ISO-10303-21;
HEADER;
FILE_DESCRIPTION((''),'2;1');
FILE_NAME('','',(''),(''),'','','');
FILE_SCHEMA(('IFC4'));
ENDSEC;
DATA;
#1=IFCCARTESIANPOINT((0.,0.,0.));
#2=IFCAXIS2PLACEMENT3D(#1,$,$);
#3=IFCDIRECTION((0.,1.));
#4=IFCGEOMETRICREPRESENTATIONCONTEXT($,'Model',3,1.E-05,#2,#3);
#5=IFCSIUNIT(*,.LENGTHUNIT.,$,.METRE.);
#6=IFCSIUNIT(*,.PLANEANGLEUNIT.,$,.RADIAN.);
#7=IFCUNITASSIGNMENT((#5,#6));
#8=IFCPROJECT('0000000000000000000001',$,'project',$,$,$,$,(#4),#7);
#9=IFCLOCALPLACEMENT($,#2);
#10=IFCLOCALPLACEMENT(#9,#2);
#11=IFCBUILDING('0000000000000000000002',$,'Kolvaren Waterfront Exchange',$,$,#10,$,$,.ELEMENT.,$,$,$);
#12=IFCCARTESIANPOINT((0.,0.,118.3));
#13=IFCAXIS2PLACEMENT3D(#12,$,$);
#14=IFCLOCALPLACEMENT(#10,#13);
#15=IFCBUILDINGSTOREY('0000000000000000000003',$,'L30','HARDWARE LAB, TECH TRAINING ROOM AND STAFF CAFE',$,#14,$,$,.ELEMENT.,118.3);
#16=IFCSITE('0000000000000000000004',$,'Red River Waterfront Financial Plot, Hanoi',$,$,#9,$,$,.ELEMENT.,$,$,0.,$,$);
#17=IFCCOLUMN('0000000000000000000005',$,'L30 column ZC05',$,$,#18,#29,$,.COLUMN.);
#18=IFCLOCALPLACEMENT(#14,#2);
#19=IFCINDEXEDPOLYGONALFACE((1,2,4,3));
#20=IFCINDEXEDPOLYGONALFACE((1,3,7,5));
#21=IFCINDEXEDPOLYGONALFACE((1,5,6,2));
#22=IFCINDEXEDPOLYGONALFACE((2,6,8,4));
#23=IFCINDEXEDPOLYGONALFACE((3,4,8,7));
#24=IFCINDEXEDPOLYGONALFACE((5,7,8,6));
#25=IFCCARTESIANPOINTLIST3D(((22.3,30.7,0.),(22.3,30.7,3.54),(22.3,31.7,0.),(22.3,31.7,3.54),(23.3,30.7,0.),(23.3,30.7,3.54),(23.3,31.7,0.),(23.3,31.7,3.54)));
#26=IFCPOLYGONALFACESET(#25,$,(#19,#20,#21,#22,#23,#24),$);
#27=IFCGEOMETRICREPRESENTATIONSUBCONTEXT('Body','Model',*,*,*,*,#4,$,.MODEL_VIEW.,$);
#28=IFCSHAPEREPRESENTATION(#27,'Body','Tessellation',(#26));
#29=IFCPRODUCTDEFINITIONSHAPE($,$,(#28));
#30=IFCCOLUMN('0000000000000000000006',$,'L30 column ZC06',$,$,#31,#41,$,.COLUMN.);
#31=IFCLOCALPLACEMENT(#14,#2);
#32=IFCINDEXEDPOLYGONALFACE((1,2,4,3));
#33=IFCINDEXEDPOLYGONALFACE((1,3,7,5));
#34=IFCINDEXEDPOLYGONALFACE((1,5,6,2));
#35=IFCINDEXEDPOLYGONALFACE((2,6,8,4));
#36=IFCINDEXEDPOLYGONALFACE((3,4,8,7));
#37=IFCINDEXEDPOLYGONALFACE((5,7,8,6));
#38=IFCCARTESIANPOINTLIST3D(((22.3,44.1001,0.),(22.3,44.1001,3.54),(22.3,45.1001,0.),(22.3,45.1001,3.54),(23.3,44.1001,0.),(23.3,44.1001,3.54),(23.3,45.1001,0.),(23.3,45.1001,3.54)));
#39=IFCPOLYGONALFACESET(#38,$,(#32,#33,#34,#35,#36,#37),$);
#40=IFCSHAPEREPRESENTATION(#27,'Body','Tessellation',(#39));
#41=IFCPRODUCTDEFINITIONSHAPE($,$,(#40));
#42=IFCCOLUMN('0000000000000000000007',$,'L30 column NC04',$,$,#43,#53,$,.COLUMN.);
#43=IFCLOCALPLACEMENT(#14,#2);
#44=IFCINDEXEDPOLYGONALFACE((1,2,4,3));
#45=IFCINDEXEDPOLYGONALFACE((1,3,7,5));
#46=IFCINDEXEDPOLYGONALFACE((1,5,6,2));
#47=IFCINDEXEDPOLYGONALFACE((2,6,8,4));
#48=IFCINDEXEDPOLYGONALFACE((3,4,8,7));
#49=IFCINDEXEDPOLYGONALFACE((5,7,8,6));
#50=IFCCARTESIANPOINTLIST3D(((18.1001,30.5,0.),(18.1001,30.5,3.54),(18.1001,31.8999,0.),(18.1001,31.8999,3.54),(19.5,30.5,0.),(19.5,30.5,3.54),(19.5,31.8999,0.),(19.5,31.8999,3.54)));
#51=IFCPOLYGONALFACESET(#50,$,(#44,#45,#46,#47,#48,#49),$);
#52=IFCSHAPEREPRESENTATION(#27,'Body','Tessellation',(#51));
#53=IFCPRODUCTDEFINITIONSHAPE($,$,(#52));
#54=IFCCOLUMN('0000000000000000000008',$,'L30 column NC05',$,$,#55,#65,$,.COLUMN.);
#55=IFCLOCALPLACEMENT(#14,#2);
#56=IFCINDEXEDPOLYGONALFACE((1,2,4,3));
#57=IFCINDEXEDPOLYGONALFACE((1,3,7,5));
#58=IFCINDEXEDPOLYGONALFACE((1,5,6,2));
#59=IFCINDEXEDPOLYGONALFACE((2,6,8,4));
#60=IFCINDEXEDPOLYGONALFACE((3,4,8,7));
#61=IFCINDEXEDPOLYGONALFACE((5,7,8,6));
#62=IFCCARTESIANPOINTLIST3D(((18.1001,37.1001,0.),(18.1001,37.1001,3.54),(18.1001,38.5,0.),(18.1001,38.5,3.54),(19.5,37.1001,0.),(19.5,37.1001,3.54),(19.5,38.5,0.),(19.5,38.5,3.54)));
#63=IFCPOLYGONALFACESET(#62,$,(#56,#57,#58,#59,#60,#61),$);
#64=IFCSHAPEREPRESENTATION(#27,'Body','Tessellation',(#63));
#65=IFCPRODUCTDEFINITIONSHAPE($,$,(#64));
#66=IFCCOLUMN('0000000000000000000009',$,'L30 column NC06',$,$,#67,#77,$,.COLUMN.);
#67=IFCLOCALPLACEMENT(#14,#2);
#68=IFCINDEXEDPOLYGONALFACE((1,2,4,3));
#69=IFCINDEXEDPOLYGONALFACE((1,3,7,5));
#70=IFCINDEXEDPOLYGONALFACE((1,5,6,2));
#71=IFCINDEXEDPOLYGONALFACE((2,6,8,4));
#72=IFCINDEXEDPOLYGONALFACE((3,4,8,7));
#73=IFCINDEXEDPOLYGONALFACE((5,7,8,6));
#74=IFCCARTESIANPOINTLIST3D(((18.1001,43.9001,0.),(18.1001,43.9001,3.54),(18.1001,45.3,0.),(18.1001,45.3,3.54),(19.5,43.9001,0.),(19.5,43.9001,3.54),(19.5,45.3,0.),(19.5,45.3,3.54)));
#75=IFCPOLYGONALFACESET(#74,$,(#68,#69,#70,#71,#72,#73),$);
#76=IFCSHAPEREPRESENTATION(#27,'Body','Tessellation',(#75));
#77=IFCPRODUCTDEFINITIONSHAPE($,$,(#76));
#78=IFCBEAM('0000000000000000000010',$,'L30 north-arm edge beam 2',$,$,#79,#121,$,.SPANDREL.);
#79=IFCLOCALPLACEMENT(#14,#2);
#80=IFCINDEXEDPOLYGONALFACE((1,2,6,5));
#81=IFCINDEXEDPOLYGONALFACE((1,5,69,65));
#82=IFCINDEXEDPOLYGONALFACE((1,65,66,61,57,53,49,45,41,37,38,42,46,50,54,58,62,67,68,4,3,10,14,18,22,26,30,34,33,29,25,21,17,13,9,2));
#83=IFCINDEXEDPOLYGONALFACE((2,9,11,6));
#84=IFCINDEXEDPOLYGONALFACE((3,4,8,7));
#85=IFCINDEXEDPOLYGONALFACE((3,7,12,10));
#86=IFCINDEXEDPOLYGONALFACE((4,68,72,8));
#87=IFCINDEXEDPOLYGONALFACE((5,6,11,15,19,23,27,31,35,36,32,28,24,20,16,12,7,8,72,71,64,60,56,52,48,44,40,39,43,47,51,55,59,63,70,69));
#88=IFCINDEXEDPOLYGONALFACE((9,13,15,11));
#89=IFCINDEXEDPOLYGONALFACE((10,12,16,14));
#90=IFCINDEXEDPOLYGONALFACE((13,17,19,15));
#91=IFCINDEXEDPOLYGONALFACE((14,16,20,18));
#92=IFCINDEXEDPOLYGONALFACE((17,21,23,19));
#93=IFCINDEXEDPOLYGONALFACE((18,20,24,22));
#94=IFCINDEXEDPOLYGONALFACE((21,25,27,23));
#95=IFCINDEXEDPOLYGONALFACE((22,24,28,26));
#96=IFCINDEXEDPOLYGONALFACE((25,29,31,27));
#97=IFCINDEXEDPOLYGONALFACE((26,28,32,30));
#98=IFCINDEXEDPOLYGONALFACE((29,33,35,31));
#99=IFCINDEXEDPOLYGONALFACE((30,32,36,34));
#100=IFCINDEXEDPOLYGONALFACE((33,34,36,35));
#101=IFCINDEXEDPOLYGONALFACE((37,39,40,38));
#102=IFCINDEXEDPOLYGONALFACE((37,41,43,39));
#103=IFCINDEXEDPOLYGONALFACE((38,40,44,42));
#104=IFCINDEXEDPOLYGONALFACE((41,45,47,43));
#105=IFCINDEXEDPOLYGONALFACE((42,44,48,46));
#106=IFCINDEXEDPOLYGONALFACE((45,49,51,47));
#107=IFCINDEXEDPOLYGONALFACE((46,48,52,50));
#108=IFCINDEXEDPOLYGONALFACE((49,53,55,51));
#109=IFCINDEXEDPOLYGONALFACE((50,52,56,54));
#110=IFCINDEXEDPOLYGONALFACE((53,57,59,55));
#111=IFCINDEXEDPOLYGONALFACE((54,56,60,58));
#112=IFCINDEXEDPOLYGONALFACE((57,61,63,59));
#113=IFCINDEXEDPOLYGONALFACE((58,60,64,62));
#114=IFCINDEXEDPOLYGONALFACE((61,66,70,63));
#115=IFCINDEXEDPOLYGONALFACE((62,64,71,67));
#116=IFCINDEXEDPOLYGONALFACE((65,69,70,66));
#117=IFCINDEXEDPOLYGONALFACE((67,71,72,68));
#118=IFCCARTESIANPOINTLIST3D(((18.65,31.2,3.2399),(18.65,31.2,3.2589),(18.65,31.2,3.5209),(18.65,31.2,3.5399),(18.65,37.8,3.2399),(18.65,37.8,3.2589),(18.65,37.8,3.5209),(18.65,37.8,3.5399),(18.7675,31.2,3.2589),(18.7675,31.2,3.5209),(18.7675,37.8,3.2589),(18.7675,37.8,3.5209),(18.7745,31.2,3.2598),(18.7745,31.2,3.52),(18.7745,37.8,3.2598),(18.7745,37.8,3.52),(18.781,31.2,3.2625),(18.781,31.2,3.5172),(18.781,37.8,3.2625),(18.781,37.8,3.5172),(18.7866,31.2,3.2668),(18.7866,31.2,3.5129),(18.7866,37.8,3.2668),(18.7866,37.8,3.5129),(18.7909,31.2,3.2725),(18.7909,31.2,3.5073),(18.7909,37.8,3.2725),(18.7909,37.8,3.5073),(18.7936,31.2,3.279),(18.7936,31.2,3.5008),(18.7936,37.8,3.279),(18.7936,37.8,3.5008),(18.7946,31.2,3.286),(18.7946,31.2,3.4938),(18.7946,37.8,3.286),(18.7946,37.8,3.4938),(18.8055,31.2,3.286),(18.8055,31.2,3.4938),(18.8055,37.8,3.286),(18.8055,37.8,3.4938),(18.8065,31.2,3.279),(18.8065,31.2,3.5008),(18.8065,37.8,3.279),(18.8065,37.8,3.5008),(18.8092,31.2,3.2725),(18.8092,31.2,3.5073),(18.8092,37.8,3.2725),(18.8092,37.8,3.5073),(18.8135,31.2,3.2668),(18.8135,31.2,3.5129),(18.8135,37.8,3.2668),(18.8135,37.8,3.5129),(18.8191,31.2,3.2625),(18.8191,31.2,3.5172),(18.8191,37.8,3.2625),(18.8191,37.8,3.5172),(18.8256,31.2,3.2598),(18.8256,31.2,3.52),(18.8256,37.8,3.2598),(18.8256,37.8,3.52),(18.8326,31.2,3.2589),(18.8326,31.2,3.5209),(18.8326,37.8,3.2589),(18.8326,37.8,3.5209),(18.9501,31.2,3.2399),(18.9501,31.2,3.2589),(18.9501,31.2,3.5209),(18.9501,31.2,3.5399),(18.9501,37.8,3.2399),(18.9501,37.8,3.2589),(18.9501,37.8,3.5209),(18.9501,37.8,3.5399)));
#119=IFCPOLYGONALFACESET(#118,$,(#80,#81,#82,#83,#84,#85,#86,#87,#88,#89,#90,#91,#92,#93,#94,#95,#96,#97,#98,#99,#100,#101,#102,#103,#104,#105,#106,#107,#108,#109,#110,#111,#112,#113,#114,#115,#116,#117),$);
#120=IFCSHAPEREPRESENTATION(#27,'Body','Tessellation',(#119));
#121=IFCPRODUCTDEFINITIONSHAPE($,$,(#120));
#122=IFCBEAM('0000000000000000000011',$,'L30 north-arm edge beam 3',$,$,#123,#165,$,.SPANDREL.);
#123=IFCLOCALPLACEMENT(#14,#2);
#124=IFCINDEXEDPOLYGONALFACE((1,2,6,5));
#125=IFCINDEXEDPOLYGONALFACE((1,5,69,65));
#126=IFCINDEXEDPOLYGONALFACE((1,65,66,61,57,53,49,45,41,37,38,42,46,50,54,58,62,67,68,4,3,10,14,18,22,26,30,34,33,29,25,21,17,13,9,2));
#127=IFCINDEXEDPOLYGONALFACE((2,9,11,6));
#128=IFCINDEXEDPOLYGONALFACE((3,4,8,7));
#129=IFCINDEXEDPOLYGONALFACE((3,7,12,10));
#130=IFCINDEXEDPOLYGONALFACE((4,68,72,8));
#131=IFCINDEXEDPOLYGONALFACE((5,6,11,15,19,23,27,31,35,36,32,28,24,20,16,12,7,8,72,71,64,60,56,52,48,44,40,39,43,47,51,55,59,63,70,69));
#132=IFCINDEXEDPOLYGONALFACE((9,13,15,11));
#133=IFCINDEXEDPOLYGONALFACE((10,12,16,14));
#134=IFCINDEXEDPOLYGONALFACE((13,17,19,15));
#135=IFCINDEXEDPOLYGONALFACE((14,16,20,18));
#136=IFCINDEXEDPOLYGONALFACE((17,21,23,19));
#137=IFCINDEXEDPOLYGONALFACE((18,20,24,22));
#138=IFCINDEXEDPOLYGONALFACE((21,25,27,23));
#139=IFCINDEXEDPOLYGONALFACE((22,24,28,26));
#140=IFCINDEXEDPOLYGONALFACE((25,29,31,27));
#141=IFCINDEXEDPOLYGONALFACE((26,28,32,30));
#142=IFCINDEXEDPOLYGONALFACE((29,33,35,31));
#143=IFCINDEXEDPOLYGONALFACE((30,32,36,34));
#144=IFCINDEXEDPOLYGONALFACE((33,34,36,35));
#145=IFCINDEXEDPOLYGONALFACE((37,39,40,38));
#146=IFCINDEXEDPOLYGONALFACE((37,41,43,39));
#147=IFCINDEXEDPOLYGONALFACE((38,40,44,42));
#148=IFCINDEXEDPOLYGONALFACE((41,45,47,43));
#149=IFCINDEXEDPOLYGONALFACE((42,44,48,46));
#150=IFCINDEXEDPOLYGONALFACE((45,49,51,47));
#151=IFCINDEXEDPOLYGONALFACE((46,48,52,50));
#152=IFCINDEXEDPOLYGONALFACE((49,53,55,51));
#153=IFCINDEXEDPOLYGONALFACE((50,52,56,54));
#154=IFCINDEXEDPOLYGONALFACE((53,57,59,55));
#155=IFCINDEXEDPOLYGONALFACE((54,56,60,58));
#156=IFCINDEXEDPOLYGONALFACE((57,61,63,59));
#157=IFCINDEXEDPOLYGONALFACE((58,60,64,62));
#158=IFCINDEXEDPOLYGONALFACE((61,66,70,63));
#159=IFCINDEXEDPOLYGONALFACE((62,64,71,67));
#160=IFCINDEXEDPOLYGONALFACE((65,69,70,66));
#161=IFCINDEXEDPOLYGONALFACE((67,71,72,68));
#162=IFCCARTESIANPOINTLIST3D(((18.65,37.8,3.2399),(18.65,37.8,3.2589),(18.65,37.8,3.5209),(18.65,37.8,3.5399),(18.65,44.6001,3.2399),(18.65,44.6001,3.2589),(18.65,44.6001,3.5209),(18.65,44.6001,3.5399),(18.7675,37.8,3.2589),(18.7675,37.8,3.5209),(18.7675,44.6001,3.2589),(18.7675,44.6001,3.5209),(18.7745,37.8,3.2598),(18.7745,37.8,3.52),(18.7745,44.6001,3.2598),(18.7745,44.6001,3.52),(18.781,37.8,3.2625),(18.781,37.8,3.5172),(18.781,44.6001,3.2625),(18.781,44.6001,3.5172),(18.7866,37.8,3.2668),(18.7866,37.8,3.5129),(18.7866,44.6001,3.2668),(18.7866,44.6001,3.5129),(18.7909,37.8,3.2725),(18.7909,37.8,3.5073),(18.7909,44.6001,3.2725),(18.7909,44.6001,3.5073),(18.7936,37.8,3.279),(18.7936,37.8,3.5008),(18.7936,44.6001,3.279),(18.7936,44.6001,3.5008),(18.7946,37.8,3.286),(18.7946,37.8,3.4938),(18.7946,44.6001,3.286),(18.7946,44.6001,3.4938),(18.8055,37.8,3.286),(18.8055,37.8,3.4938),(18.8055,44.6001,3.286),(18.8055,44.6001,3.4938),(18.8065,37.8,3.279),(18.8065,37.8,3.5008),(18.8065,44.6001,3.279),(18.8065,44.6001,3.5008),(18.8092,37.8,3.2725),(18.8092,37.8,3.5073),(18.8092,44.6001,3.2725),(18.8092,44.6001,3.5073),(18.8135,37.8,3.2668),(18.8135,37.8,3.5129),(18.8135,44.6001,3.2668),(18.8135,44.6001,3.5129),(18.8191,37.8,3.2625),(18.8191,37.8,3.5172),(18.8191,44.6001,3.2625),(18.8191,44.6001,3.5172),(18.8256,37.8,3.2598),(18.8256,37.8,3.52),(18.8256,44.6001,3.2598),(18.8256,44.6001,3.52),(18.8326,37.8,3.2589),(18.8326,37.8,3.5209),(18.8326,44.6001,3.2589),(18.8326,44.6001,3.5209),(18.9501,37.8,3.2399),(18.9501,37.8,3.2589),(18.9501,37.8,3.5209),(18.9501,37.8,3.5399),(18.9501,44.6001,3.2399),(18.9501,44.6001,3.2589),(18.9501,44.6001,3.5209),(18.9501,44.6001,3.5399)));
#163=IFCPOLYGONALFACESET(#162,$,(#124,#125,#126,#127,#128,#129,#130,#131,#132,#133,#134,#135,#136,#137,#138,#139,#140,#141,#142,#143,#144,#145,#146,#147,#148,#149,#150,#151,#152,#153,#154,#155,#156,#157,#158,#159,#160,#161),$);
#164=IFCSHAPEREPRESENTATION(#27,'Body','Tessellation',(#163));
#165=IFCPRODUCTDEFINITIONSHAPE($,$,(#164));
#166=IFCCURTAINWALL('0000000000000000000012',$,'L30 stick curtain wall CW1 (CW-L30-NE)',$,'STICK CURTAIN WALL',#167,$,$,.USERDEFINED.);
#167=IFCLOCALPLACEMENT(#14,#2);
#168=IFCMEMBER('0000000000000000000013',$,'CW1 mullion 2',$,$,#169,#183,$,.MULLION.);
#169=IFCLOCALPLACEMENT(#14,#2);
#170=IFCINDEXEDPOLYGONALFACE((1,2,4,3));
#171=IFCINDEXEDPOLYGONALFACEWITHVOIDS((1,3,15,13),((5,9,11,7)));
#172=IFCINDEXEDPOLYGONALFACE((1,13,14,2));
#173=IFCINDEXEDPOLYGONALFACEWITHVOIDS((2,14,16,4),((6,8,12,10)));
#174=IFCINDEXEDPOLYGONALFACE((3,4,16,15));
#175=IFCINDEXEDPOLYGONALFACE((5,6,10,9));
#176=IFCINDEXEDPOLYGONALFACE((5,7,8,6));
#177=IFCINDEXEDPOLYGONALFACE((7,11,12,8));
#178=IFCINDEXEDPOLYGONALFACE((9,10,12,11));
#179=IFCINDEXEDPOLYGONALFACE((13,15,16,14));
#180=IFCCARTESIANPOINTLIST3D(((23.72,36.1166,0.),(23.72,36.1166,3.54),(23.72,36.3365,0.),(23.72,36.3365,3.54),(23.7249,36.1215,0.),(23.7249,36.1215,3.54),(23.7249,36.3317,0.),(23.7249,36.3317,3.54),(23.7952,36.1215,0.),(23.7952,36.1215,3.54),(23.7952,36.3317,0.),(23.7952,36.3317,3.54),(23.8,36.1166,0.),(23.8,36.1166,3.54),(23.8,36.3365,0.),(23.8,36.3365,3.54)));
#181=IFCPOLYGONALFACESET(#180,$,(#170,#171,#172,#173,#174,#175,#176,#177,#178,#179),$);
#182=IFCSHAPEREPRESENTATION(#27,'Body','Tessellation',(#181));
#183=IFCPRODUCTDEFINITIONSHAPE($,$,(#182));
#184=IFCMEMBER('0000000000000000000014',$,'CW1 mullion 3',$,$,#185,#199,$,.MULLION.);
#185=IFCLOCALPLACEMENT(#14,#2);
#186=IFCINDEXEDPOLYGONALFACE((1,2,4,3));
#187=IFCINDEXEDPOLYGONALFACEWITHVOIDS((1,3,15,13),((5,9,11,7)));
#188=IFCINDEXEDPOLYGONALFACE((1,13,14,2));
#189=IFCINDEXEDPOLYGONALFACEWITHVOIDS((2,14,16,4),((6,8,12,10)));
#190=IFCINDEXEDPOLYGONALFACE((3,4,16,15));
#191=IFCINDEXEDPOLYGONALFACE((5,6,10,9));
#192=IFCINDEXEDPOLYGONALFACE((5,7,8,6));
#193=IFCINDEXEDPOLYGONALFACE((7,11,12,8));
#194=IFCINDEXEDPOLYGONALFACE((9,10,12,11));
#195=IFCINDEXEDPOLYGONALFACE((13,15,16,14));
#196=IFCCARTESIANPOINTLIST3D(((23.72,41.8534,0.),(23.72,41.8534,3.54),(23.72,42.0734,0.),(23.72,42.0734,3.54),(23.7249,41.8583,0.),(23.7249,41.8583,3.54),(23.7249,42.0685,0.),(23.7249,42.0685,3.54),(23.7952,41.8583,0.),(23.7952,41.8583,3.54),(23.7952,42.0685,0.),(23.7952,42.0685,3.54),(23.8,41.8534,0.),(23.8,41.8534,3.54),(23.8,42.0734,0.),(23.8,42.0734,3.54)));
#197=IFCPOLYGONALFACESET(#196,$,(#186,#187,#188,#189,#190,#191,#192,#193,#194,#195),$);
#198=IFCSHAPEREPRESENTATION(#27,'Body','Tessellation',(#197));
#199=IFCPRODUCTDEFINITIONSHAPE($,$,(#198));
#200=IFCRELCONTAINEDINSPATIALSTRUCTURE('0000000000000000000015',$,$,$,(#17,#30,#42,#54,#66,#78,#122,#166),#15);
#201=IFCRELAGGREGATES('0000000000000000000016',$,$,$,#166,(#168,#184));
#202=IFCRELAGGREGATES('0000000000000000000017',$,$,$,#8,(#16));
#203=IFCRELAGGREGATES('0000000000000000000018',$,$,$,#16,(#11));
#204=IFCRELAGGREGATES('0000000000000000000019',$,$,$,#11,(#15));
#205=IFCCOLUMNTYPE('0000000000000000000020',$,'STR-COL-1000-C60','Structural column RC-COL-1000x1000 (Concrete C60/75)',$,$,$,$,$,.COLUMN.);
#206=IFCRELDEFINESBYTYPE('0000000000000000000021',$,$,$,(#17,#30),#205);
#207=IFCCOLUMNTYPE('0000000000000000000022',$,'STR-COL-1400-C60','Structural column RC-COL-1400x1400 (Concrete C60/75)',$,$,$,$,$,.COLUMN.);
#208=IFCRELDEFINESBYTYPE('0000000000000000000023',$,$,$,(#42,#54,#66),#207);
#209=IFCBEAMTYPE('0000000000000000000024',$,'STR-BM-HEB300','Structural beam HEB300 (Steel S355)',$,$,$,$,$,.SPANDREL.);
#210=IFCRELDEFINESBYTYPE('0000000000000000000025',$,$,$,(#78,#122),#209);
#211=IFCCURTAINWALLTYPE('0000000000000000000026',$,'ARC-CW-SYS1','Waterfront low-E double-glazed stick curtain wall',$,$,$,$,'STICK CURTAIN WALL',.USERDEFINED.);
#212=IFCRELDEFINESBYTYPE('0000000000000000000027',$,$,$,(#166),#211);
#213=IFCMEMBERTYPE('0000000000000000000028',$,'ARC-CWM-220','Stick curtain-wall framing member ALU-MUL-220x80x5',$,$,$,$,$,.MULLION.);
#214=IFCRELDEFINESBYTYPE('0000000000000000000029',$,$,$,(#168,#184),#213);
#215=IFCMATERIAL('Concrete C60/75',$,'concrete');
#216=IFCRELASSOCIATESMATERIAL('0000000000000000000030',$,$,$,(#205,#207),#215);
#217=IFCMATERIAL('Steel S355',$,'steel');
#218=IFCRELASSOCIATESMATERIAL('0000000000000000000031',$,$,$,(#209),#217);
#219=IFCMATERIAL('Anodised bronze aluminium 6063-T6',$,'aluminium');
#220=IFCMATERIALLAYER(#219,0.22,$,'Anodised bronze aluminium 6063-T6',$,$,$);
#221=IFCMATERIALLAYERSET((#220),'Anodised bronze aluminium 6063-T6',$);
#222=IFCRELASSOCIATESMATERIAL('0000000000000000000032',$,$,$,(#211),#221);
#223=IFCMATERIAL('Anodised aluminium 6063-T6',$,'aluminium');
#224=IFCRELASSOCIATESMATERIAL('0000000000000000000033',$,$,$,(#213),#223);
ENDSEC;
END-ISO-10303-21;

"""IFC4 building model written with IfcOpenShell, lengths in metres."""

from ifc_helpers import new_model, si_unit, direction, frame, origin, origin_with_axes, origin_2d, place, context, subcontext, project, spatial, rectangle, hollow_rectangle, i_section, extrude, source, transform, mapped, material, layer, layer_set, material_profile, profile_set, type_object, element, aggregate, save


model = new_model("IFC4")

# Units and contexts
model_context = context("Model", 3, precision=1e-05, world=origin(), true_north=direction((0.0, 1.0)))
body_context = subcontext(model_context, "Body", "Model", "MODEL_VIEW")
ifc_project = project(units=[si_unit("LENGTHUNIT", "METRE"), si_unit("PLANEANGLEUNIT", "RADIAN")], contexts=[model_context])

# Site, building, storey
site_placement = place(None, origin())
site = spatial("IfcSite", under=ifc_project, at=site_placement, Name="Red River Waterfront Financial Plot, Hanoi", CompositionType="ELEMENT", RefElevation=0.0)
building_placement = place(site_placement, origin())
building = spatial("IfcBuilding", under=site, at=building_placement, Name="Kolvaren Waterfront Exchange", CompositionType="ELEMENT")
storey_placement = place(building_placement, frame((0.0, 0.0, 118.3)))
storey = spatial("IfcBuildingStorey", under=building, at=storey_placement, Name="L30", Description="HARDWARE LAB, TECH TRAINING ROOM AND STAFF CAFE", CompositionType="ELEMENT", Elevation=118.3)

# Columns
ifc_material_1 = material(Name="Concrete C60/75", Category="concrete")
ifc_material_profile_1 = material_profile(ifc_material_1, rectangle(XDim=1.0, YDim=1.0, at=origin_2d()), Name="RC-COL-1000x1000")
ifc_profile_set_1 = profile_set([ifc_material_profile_1], Name="Concrete C60/75")
column_type_1 = type_object("IfcColumnType", Name="STR-COL-1000-C60", Description="Structural column RC-COL-1000x1000 (Concrete C60/75)", PredefinedType="COLUMN", material=ifc_profile_set_1)
for number, where, z_axis, x_axis, name in (
    (1, (22.8, 31.2, 0.0), (0.0, 0.0, 1.0), (1.0, 0.0, 0.0), "L30 column ZC05"),
    (2, (22.8, 44.6001, 0.0), (0.0, 0.0, 1.0), (1.0, 0.0, 0.0), "L30 column ZC06"),
):
    element("IfcColumn", number, at=place(storey_placement, frame(where, z_axis=z_axis, x_axis=x_axis)), inside=storey, type_object=column_type_1, Name=name, PredefinedType="COLUMN", context=body_context, shape_type="SweptSolid", body=[
        extrude(rectangle(XDim=1.0, YDim=1.0, at=origin_2d()), origin(), (0.0, 0.0, 1.0), 3.54),
    ])
ifc_material_profile_2 = material_profile(ifc_material_1, rectangle(XDim=1.3999, YDim=1.3999, at=origin_2d()), Name="RC-COL-1400x1400")
ifc_profile_set_2 = profile_set([ifc_material_profile_2], Name="Concrete C60/75")
column_type_2 = type_object("IfcColumnType", Name="STR-COL-1400-C60", Description="Structural column RC-COL-1400x1400 (Concrete C60/75)", PredefinedType="COLUMN", material=ifc_profile_set_2)
for number, where, z_axis, x_axis, name in (
    (3, (18.8, 31.2, 0.0), (0.0, 0.0, 1.0), (1.0, 0.0, 0.0), "L30 column NC04"),
    (4, (18.8, 37.8, 0.0), (0.0, 0.0, 1.0), (1.0, 0.0, 0.0), "L30 column NC05"),
    (5, (18.8, 44.6001, 0.0), (0.0, 0.0, 1.0), (1.0, 0.0, 0.0), "L30 column NC06"),
):
    element("IfcColumn", number, at=place(storey_placement, frame(where, z_axis=z_axis, x_axis=x_axis)), inside=storey, type_object=column_type_2, Name=name, PredefinedType="COLUMN", context=body_context, shape_type="SweptSolid", body=[
        extrude(rectangle(XDim=1.3999, YDim=1.3999, at=origin_2d()), origin(), (0.0, 0.0, 1.0), 3.54),
    ])

# Beams
ifc_material_2 = material(Name="Steel S355", Category="steel")
ifc_material_profile_3 = material_profile(ifc_material_2, i_section(OverallWidth=0.3, OverallDepth=0.3, WebThickness=0.011, FlangeThickness=0.019, FilletRadius=0.0271, at=origin_2d()), Name="HEB300")
ifc_profile_set_3 = profile_set([ifc_material_profile_3], Name="Steel S355")
beam_type = type_object("IfcBeamType", Name="STR-BM-HEB300", Description="Structural beam HEB300 (Steel S355)", PredefinedType="SPANDREL", material=ifc_profile_set_3)
beam_1_placement = place(storey_placement, frame((18.8, 31.2, 3.3899), z_axis=(0.0, 1.0, 0.0), x_axis=(-1.0, 0.0, 0.0)))
element("IfcBeam", 6, at=beam_1_placement, inside=storey, type_object=beam_type, Name="L30 north-arm edge beam 2", PredefinedType="SPANDREL", context=body_context, shape_type="SweptSolid", body=[
    extrude(i_section(OverallWidth=0.3, OverallDepth=0.3, WebThickness=0.011, FlangeThickness=0.019, FilletRadius=0.0271, at=origin_2d()), origin(), (0.0, 0.0, 1.0), 6.6001),
])
beam_2_placement = place(storey_placement, frame((18.8, 37.8, 3.3899), z_axis=(0.0, 1.0, 0.0), x_axis=(-1.0, 0.0, 0.0)))
element("IfcBeam", 7, at=beam_2_placement, inside=storey, type_object=beam_type, Name="L30 north-arm edge beam 3", PredefinedType="SPANDREL", context=body_context, shape_type="SweptSolid", body=[
    extrude(i_section(OverallWidth=0.3, OverallDepth=0.3, WebThickness=0.011, FlangeThickness=0.019, FilletRadius=0.0271, at=origin_2d()), origin(), (0.0, 0.0, 1.0), 6.8),
])

# Curtain wall, members
ifc_material_3 = material(Name="Anodised bronze aluminium 6063-T6", Category="aluminium")
ifc_layer_1 = layer(ifc_material_3, 0.22, Name="Anodised bronze aluminium 6063-T6")
ifc_layer_set_1 = layer_set([ifc_layer_1], Name="Anodised bronze aluminium 6063-T6")
curtain_wall_type = type_object("IfcCurtainWallType", Name="ARC-CW-SYS1", Description="Waterfront low-E double-glazed stick curtain wall", ElementType="STICK CURTAIN WALL", PredefinedType="USERDEFINED", material=ifc_layer_set_1)
curtain_wall_placement = place(storey_placement, origin())
curtain_wall = element("IfcCurtainWall", 8, at=curtain_wall_placement, inside=storey, type_object=curtain_wall_type, Name="L30 stick curtain wall CW1 (CW-L30-NE)", ObjectType="STICK CURTAIN WALL", PredefinedType="USERDEFINED")
ifc_material_4 = material(Name="Anodised aluminium 6063-T6", Category="aluminium")
ifc_material_profile_4 = material_profile(ifc_material_4, hollow_rectangle(XDim=0.0801, YDim=0.22, WallThickness=0.0049, at=origin_2d()), Name="ALU-MUL-220x80x5")
ifc_profile_set_4 = profile_set([ifc_material_profile_4], Name="Anodised aluminium 6063-T6")
member_type_1 = type_object("IfcMemberType", Name="ARC-CWM-220", Description="Stick curtain-wall framing member ALU-MUL-220x80x5", PredefinedType="MULLION", material=ifc_profile_set_4)
shared_shape_1 = source(origin_with_axes(), body_context, "Body", "SweptSolid", [
    extrude(hollow_rectangle(XDim=0.0801, YDim=0.22, WallThickness=0.0049, at=origin_2d()), origin(), (0.0, 0.0, 1.0), 3.54),
])
member_1_placement = place(storey_placement, frame((23.76, 36.2266, 0.0), z_axis=(0.0, 0.0, 1.0), x_axis=(-1.0, 0.0, 0.0)))
member_1 = element("IfcMember", 9, at=member_1_placement, type_object=member_type_1, Name="CW1 mullion 2", PredefinedType="MULLION", context=body_context, shape_type="MappedRepresentation", body=[
    mapped(shared_shape_1, transform((0.0, 0.0, 0.0), x_axis=(1.0, 0.0, 0.0), y_axis=(0.0, 1.0, 0.0), z_axis=(0.0, 0.0, 1.0), scale=1.0)),
])
member_2_placement = place(storey_placement, frame((23.76, 41.9634, 0.0), z_axis=(0.0, 0.0, 1.0), x_axis=(-1.0, 0.0, 0.0)))
member_2 = element("IfcMember", 10, at=member_2_placement, type_object=member_type_1, Name="CW1 mullion 3", PredefinedType="MULLION", context=body_context, shape_type="MappedRepresentation", body=[
    mapped(shared_shape_1, transform((0.0, 0.0, 0.0), x_axis=(1.0, 0.0, 0.0), y_axis=(0.0, 1.0, 0.0), z_axis=(0.0, 0.0, 1.0), scale=1.0)),
])
aggregate(curtain_wall, [member_1, member_2])

save(model, "model.ifc")
